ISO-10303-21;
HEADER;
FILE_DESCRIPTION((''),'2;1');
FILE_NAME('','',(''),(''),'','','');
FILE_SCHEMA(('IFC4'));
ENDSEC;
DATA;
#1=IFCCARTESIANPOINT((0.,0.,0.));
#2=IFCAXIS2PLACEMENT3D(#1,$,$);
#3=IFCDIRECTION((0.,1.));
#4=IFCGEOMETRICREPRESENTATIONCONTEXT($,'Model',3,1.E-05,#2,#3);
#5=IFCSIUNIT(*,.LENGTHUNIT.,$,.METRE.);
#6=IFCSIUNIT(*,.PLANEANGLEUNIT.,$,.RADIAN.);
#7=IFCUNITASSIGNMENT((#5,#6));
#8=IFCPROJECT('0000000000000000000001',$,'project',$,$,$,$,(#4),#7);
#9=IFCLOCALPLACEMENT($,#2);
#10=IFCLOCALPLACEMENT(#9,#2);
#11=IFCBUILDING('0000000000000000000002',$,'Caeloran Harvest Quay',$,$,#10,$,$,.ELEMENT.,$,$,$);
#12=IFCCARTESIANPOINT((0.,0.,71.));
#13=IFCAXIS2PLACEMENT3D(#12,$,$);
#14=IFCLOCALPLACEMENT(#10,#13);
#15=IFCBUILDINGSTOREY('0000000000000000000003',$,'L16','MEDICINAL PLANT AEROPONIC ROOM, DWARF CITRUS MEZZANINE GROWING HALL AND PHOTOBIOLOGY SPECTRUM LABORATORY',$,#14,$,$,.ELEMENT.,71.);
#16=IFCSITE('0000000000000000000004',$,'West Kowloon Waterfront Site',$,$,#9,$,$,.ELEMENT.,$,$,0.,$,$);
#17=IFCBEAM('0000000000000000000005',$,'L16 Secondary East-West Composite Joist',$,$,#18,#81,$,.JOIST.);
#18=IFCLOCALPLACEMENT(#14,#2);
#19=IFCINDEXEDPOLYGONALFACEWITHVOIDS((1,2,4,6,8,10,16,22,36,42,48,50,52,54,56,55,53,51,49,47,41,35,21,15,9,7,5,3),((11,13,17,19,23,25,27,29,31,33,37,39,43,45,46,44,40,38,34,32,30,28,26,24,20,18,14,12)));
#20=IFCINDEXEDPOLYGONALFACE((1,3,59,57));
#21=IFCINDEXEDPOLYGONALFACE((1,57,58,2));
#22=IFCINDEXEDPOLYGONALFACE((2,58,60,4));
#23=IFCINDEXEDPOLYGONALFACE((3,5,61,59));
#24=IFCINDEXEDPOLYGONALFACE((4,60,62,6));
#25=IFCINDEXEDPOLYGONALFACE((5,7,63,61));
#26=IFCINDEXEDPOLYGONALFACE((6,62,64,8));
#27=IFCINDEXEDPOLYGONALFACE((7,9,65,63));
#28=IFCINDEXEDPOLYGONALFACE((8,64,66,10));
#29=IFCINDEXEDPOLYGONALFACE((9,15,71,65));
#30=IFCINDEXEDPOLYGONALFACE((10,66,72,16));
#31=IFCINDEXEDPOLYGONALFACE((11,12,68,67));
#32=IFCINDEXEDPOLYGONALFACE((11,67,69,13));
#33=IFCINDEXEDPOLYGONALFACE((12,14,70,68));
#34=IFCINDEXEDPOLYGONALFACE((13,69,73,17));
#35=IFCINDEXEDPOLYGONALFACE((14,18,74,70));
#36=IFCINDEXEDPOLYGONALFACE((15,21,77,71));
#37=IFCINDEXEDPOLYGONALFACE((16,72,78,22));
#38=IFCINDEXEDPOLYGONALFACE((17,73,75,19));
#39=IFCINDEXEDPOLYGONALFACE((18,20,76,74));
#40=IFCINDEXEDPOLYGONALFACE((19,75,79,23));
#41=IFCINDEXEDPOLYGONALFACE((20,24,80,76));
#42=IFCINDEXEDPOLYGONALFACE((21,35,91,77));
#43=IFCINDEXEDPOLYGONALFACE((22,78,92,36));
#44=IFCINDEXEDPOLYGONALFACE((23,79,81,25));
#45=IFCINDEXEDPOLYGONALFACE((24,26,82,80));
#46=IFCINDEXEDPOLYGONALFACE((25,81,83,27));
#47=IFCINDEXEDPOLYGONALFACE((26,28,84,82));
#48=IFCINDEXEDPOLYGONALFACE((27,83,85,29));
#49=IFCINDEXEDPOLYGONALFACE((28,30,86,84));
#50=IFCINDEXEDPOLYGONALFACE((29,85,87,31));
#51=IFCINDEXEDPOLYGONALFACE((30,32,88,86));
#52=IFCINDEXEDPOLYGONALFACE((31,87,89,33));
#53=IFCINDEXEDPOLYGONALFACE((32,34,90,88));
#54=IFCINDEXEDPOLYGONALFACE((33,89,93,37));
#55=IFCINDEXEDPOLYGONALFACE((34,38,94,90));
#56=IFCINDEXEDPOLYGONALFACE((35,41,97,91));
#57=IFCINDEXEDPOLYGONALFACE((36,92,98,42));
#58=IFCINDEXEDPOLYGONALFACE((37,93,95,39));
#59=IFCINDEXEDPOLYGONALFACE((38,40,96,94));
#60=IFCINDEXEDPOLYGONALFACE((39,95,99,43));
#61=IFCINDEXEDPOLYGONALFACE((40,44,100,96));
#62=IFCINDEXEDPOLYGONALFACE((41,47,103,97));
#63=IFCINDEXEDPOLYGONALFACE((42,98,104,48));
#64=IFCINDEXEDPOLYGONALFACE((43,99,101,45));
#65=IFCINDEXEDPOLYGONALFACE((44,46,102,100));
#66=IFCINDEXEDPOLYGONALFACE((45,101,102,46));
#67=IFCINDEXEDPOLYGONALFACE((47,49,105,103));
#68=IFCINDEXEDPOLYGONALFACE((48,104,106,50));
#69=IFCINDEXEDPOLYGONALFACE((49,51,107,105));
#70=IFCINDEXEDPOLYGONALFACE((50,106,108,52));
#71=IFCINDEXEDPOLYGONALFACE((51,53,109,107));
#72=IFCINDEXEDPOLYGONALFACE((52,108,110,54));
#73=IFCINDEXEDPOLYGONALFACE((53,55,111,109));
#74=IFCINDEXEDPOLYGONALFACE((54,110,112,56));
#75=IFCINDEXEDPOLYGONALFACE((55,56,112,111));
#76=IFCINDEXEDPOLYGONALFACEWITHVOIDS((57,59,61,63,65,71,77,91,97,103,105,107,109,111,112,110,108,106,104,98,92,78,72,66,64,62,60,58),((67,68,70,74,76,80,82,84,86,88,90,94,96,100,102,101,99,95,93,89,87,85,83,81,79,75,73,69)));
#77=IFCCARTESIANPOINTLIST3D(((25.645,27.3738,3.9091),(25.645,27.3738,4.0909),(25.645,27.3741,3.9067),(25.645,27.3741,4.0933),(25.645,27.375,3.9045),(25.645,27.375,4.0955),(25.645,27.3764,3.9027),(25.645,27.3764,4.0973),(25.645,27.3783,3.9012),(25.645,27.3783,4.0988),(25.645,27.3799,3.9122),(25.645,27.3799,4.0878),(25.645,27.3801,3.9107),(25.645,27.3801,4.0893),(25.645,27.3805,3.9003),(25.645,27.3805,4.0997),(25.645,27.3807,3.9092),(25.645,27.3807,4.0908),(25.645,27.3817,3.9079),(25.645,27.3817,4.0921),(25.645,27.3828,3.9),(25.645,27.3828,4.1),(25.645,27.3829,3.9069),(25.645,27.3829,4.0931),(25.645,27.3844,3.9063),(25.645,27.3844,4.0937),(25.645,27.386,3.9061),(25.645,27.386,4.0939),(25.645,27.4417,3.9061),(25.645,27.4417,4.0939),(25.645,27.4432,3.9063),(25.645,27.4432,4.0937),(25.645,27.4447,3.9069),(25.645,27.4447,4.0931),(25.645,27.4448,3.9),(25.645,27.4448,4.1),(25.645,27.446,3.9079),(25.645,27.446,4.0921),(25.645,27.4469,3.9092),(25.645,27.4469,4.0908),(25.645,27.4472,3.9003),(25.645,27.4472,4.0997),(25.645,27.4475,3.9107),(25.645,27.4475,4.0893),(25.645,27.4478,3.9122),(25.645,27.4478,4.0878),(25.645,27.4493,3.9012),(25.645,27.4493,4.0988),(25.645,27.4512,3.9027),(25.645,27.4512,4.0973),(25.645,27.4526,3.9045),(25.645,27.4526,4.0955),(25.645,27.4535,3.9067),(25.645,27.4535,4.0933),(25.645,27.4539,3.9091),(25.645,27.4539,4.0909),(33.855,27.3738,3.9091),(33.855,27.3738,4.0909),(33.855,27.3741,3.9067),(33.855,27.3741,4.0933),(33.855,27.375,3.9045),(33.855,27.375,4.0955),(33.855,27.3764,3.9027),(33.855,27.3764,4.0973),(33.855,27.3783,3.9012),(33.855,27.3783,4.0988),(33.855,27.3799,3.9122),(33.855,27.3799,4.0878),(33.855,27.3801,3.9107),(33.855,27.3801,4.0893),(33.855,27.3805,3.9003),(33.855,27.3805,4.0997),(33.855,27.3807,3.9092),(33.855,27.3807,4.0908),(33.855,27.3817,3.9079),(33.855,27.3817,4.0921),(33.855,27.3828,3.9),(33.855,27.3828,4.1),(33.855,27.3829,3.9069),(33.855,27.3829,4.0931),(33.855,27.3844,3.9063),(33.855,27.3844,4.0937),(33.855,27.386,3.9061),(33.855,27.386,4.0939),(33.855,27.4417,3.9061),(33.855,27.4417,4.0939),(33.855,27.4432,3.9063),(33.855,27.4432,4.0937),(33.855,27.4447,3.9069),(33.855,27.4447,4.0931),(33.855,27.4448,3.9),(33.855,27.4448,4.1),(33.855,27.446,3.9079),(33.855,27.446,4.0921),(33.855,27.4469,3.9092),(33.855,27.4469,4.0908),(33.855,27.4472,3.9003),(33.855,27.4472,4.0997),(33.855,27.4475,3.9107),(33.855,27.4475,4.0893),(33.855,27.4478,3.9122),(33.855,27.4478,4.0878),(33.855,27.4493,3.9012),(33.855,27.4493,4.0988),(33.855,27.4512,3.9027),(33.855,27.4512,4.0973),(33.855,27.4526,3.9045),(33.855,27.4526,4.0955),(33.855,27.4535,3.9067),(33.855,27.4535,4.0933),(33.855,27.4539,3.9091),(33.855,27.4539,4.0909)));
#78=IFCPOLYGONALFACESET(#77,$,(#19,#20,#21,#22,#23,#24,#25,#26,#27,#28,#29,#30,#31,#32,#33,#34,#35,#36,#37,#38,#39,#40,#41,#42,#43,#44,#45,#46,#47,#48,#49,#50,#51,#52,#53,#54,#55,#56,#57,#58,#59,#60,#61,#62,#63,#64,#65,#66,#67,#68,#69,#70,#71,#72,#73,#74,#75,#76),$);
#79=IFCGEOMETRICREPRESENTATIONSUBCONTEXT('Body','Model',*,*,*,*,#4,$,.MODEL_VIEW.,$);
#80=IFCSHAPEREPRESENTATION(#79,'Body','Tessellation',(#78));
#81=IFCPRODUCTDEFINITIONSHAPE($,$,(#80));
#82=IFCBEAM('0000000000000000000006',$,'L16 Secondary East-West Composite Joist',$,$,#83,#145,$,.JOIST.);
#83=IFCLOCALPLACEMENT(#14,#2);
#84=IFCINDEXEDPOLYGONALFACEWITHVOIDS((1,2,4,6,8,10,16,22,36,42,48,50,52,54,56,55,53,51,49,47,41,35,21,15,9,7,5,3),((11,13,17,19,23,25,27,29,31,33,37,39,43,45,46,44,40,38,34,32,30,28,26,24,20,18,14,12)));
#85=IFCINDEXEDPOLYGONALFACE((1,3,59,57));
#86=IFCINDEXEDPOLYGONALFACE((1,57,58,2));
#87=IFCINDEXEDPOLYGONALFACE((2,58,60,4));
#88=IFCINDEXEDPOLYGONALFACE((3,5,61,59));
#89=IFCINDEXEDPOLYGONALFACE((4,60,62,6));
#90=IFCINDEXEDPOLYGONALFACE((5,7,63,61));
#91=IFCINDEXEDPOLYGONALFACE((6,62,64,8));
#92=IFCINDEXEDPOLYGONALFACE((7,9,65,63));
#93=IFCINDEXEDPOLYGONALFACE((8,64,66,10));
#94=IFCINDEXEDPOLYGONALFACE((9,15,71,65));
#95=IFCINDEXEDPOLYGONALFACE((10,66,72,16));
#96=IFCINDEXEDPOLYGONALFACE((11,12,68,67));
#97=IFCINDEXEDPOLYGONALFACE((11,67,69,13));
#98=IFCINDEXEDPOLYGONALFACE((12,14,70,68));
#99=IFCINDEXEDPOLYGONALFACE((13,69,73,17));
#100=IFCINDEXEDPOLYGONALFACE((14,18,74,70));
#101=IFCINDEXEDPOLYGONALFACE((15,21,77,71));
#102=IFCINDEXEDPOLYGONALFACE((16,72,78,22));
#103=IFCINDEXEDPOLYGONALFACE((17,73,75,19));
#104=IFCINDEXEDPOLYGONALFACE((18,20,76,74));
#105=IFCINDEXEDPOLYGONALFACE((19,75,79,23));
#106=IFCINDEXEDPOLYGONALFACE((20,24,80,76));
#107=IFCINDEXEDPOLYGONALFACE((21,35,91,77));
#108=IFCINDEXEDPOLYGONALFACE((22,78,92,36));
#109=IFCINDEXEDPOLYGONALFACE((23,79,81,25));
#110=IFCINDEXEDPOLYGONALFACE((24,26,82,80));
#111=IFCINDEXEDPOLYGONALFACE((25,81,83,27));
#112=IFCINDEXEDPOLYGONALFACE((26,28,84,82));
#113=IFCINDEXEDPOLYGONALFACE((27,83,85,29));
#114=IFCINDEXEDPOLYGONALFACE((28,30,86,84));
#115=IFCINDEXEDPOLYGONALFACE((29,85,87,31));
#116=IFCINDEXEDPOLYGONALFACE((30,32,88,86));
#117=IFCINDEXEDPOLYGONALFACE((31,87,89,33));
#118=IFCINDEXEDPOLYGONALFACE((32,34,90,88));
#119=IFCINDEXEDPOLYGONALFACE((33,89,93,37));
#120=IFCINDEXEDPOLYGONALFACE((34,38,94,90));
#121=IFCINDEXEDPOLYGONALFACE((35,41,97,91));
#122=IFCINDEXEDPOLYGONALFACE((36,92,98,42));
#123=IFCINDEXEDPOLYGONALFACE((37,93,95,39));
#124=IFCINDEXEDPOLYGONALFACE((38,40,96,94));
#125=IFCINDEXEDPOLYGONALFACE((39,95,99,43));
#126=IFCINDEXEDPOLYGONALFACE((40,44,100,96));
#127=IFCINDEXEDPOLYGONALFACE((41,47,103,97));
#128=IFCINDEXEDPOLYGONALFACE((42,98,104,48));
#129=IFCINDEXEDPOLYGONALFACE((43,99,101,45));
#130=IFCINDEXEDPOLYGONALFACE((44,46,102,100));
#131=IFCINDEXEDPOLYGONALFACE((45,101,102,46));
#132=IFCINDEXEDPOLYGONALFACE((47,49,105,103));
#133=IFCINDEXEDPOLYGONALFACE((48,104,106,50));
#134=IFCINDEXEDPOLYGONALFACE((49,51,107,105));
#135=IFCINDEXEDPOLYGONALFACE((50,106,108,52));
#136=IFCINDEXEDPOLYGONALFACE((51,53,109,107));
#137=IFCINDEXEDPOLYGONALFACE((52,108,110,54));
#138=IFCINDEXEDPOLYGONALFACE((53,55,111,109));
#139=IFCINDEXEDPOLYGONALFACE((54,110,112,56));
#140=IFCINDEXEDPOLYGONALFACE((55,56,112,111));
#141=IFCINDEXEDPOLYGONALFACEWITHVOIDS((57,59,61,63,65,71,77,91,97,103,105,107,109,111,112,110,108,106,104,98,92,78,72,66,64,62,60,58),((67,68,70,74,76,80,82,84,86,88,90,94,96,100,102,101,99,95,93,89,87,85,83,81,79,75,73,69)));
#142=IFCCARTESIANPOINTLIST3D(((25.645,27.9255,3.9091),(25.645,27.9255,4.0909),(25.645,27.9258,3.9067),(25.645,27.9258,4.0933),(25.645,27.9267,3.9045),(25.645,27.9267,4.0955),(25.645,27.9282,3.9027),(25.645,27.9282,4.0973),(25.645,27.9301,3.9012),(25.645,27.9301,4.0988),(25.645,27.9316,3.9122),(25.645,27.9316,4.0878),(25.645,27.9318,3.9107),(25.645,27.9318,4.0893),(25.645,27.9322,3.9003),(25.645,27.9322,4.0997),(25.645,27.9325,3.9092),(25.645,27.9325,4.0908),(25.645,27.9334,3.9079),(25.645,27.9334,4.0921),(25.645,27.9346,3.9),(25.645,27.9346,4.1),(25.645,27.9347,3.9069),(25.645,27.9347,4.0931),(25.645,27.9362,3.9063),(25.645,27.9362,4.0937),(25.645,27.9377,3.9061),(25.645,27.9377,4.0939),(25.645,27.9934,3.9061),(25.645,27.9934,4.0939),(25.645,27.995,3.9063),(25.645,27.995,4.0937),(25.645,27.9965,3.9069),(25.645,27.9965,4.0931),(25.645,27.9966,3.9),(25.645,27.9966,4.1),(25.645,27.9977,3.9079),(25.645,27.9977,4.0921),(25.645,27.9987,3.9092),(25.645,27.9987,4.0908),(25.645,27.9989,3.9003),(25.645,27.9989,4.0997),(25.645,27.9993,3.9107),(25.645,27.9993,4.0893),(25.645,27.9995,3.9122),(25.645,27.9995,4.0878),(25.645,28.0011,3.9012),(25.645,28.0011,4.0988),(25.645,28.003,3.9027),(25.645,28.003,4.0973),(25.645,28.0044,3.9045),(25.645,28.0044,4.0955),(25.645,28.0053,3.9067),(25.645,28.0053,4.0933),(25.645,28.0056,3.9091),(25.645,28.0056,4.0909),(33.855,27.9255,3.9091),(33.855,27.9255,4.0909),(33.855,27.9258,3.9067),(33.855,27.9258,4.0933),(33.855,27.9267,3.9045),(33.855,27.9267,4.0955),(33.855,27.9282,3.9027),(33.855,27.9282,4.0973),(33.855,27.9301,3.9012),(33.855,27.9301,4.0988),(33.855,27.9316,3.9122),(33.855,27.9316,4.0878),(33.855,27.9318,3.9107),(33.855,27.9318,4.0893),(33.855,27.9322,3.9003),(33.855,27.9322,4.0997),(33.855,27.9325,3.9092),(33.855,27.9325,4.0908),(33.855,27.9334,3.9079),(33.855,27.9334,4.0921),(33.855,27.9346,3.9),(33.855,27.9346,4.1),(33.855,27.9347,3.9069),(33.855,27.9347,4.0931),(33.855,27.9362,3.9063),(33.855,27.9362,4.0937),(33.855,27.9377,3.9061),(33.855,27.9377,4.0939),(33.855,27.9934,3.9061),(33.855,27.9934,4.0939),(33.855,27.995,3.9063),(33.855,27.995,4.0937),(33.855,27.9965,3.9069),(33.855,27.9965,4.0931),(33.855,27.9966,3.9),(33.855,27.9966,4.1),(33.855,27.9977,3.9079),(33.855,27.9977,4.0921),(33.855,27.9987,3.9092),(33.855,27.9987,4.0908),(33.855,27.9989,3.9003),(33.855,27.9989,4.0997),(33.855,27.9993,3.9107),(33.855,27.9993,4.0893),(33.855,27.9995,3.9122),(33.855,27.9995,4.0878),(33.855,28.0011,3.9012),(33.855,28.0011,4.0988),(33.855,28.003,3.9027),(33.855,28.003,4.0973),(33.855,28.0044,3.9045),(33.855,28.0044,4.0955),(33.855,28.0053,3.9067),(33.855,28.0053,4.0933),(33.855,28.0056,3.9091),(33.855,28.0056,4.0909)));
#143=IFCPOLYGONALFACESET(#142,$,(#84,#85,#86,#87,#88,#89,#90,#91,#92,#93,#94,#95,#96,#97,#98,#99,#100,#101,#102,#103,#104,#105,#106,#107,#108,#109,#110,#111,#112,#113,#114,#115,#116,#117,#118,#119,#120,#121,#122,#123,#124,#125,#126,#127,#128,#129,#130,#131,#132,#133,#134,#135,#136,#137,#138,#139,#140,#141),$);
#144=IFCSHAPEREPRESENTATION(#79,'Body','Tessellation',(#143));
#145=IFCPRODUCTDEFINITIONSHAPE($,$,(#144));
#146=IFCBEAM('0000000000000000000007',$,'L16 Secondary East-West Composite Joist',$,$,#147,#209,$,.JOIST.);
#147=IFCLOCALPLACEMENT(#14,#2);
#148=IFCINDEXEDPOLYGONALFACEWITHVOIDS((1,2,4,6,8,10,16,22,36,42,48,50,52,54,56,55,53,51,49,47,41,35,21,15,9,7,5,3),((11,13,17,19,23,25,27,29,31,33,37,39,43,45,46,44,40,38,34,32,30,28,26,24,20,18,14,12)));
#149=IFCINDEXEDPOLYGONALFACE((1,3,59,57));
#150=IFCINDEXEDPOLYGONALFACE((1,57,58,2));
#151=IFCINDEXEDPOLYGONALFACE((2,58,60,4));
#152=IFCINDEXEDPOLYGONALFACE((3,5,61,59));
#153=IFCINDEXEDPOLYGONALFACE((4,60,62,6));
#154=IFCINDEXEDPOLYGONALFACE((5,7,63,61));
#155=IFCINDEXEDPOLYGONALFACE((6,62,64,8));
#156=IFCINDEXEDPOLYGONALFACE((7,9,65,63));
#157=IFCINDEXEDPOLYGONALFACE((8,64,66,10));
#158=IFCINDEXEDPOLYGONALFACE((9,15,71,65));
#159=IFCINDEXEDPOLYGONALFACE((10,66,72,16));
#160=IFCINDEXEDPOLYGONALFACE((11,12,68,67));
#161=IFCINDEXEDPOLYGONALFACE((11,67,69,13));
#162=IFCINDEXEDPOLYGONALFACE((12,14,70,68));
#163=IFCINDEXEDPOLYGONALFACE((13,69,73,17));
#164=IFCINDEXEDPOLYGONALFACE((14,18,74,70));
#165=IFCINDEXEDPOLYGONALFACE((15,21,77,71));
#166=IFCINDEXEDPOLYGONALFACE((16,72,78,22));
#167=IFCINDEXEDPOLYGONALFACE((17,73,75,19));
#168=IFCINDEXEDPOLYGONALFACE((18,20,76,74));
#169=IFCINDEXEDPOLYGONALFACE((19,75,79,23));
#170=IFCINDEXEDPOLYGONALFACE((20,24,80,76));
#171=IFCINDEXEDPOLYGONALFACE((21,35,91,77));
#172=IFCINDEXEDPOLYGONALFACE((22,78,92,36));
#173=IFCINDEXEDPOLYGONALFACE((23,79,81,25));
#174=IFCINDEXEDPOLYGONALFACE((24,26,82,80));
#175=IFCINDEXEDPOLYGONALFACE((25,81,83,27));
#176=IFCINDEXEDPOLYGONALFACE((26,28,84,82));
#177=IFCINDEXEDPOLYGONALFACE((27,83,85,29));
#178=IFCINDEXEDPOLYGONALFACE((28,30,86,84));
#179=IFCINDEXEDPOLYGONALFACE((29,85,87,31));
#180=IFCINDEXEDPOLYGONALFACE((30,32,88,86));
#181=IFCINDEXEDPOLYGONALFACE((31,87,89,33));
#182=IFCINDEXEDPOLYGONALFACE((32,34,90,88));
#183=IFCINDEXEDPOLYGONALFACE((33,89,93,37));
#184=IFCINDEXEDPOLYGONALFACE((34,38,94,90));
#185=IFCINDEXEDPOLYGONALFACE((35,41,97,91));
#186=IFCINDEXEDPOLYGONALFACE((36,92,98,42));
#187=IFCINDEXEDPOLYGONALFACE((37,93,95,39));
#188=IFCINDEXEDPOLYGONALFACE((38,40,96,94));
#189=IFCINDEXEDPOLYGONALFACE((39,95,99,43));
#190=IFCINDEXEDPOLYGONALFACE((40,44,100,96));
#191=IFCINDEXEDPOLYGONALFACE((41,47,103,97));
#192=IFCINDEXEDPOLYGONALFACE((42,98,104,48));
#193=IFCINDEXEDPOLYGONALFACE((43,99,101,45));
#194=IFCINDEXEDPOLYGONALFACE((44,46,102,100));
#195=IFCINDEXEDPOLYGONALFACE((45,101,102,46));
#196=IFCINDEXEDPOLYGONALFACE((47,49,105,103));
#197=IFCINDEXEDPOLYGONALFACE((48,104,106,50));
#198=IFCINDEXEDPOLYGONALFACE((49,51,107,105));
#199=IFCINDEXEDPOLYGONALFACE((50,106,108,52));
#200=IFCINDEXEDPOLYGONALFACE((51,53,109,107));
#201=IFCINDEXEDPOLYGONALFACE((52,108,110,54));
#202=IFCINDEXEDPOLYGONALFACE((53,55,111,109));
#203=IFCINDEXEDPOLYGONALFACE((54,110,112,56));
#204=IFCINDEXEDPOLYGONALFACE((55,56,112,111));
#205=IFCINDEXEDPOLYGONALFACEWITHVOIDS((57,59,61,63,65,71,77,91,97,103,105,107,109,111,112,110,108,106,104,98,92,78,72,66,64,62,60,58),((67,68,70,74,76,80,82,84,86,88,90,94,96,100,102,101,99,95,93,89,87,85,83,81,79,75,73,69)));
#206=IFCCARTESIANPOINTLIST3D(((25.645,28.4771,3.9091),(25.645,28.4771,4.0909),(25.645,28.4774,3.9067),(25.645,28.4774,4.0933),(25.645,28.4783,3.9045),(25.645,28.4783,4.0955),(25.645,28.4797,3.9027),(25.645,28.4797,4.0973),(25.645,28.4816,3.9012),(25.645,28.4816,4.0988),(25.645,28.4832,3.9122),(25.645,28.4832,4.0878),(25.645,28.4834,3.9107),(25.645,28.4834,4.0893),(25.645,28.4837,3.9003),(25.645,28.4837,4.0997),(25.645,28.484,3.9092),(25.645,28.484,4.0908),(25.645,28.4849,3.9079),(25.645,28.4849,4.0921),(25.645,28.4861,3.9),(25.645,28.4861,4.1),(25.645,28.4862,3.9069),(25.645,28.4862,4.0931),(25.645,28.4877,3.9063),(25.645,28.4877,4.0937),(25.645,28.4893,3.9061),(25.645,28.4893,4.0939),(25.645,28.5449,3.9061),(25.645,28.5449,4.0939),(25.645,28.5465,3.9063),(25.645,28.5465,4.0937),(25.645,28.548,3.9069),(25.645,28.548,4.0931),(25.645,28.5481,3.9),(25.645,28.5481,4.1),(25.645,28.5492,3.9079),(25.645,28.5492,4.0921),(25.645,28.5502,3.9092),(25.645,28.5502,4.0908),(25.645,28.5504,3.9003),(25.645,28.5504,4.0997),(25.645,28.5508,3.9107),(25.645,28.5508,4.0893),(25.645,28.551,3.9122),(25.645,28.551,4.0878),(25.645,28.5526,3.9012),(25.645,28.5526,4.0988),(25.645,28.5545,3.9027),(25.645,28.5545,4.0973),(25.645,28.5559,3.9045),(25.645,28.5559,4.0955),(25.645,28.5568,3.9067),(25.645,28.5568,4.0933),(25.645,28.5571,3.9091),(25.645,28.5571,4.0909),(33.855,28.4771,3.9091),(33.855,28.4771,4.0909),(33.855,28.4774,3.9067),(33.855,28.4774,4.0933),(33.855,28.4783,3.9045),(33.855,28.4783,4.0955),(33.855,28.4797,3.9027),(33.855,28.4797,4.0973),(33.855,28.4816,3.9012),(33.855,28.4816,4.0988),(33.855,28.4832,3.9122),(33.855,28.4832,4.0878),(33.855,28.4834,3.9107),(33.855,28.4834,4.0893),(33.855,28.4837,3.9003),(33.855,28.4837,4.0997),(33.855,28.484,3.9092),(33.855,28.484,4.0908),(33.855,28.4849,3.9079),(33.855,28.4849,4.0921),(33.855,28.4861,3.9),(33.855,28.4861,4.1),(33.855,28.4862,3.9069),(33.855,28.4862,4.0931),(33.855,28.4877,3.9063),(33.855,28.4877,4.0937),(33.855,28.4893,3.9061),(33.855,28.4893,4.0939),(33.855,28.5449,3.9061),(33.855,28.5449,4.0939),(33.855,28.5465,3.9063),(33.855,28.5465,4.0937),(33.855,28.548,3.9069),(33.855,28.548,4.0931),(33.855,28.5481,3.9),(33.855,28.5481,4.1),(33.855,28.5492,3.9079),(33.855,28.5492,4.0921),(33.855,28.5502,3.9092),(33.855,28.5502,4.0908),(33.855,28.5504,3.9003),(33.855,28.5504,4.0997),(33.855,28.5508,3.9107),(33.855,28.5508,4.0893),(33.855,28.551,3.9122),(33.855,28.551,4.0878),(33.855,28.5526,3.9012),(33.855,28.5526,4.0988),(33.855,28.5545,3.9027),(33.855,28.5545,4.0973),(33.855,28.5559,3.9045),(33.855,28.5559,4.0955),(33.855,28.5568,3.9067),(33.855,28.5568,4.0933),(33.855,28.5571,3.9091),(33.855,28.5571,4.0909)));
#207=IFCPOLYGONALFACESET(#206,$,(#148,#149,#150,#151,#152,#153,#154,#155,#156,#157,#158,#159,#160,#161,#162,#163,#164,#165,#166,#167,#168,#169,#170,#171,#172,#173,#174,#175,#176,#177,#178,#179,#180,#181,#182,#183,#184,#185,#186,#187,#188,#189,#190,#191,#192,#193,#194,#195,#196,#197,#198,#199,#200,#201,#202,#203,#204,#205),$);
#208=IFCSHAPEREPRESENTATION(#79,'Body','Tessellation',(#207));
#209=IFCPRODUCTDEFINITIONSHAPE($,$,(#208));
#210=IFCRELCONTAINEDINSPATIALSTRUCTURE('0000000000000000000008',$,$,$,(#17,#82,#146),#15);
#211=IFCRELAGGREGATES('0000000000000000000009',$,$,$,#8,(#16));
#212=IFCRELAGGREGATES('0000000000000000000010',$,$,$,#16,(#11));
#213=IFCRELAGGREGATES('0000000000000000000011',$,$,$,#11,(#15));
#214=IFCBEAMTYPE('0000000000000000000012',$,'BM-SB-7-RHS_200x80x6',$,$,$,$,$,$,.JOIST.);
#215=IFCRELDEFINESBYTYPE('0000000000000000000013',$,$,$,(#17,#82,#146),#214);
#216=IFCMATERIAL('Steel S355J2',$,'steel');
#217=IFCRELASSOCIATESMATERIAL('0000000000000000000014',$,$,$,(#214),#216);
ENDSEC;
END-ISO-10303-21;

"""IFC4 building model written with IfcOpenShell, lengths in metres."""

from ifc_helpers import new_model, si_unit, direction, frame, origin, origin_2d, place, context, subcontext, project, spatial, hollow_rectangle, extrude, material, material_profile, profile_set, type_object, element, save


model = new_model("IFC4")

# Units and contexts
model_context = context("Model", 3, precision=1e-05, world=origin(), true_north=direction((0.0, 1.0)))
body_context = subcontext(model_context, "Body", "Model", "MODEL_VIEW")
ifc_project = project(units=[si_unit("LENGTHUNIT", "METRE"), si_unit("PLANEANGLEUNIT", "RADIAN")], contexts=[model_context])

# Site, building, storey
site_placement = place(None, origin())
site = spatial("IfcSite", under=ifc_project, at=site_placement, Name="West Kowloon Waterfront Site", CompositionType="ELEMENT", RefElevation=0.0)
building_placement = place(site_placement, origin())
building = spatial("IfcBuilding", under=site, at=building_placement, Name="Caeloran Harvest Quay", CompositionType="ELEMENT")
storey_placement = place(building_placement, frame((0.0, 0.0, 71.0)))
storey = spatial("IfcBuildingStorey", under=building, at=storey_placement, Name="L16", Description="MEDICINAL PLANT AEROPONIC ROOM, DWARF CITRUS MEZZANINE GROWING HALL AND PHOTOBIOLOGY SPECTRUM LABORATORY", CompositionType="ELEMENT", Elevation=71.0)

# Beams
ifc_material_1 = material(Name="Steel S355J2", Category="steel")
ifc_material_profile_1 = material_profile(ifc_material_1, hollow_rectangle(XDim=0.0801, YDim=0.2, WallThickness=0.0061, InnerFilletRadius=0.0061, OuterFilletRadius=0.009, at=origin_2d()), Name="RHS 200x80x6")
ifc_profile_set_1 = profile_set([ifc_material_profile_1], Name="Steel S355J2")
beam_type_1 = type_object("IfcBeamType", Name="BM-SB-7-RHS_200x80x6", PredefinedType="JOIST", material=ifc_profile_set_1)
for number, where, z_axis, x_axis, name in (
    (1, (25.645, 27.4138, 4.0), (1.0, 0.0, 0.0), (0.0, 1.0, 0.0), "L16 Secondary East-West Composite Joist"),
    (2, (25.645, 27.9656, 4.0), (1.0, 0.0, 0.0), (0.0, 1.0, 0.0), "L16 Secondary East-West Composite Joist"),
    (3, (25.645, 28.5171, 4.0), (1.0, 0.0, 0.0), (0.0, 1.0, 0.0), "L16 Secondary East-West Composite Joist"),
):
    element("IfcBeam", number, at=place(storey_placement, frame(where, z_axis=z_axis, x_axis=x_axis)), inside=storey, type_object=beam_type_1, Name=name, PredefinedType="JOIST", context=body_context, shape_type="SweptSolid", body=[
        extrude(hollow_rectangle(XDim=0.0801, YDim=0.2, WallThickness=0.0061, InnerFilletRadius=0.0061, OuterFilletRadius=0.009, at=origin_2d()), origin(), (0.0, 0.0, 1.0), 8.21),
    ])

save(model, "model.ifc")
